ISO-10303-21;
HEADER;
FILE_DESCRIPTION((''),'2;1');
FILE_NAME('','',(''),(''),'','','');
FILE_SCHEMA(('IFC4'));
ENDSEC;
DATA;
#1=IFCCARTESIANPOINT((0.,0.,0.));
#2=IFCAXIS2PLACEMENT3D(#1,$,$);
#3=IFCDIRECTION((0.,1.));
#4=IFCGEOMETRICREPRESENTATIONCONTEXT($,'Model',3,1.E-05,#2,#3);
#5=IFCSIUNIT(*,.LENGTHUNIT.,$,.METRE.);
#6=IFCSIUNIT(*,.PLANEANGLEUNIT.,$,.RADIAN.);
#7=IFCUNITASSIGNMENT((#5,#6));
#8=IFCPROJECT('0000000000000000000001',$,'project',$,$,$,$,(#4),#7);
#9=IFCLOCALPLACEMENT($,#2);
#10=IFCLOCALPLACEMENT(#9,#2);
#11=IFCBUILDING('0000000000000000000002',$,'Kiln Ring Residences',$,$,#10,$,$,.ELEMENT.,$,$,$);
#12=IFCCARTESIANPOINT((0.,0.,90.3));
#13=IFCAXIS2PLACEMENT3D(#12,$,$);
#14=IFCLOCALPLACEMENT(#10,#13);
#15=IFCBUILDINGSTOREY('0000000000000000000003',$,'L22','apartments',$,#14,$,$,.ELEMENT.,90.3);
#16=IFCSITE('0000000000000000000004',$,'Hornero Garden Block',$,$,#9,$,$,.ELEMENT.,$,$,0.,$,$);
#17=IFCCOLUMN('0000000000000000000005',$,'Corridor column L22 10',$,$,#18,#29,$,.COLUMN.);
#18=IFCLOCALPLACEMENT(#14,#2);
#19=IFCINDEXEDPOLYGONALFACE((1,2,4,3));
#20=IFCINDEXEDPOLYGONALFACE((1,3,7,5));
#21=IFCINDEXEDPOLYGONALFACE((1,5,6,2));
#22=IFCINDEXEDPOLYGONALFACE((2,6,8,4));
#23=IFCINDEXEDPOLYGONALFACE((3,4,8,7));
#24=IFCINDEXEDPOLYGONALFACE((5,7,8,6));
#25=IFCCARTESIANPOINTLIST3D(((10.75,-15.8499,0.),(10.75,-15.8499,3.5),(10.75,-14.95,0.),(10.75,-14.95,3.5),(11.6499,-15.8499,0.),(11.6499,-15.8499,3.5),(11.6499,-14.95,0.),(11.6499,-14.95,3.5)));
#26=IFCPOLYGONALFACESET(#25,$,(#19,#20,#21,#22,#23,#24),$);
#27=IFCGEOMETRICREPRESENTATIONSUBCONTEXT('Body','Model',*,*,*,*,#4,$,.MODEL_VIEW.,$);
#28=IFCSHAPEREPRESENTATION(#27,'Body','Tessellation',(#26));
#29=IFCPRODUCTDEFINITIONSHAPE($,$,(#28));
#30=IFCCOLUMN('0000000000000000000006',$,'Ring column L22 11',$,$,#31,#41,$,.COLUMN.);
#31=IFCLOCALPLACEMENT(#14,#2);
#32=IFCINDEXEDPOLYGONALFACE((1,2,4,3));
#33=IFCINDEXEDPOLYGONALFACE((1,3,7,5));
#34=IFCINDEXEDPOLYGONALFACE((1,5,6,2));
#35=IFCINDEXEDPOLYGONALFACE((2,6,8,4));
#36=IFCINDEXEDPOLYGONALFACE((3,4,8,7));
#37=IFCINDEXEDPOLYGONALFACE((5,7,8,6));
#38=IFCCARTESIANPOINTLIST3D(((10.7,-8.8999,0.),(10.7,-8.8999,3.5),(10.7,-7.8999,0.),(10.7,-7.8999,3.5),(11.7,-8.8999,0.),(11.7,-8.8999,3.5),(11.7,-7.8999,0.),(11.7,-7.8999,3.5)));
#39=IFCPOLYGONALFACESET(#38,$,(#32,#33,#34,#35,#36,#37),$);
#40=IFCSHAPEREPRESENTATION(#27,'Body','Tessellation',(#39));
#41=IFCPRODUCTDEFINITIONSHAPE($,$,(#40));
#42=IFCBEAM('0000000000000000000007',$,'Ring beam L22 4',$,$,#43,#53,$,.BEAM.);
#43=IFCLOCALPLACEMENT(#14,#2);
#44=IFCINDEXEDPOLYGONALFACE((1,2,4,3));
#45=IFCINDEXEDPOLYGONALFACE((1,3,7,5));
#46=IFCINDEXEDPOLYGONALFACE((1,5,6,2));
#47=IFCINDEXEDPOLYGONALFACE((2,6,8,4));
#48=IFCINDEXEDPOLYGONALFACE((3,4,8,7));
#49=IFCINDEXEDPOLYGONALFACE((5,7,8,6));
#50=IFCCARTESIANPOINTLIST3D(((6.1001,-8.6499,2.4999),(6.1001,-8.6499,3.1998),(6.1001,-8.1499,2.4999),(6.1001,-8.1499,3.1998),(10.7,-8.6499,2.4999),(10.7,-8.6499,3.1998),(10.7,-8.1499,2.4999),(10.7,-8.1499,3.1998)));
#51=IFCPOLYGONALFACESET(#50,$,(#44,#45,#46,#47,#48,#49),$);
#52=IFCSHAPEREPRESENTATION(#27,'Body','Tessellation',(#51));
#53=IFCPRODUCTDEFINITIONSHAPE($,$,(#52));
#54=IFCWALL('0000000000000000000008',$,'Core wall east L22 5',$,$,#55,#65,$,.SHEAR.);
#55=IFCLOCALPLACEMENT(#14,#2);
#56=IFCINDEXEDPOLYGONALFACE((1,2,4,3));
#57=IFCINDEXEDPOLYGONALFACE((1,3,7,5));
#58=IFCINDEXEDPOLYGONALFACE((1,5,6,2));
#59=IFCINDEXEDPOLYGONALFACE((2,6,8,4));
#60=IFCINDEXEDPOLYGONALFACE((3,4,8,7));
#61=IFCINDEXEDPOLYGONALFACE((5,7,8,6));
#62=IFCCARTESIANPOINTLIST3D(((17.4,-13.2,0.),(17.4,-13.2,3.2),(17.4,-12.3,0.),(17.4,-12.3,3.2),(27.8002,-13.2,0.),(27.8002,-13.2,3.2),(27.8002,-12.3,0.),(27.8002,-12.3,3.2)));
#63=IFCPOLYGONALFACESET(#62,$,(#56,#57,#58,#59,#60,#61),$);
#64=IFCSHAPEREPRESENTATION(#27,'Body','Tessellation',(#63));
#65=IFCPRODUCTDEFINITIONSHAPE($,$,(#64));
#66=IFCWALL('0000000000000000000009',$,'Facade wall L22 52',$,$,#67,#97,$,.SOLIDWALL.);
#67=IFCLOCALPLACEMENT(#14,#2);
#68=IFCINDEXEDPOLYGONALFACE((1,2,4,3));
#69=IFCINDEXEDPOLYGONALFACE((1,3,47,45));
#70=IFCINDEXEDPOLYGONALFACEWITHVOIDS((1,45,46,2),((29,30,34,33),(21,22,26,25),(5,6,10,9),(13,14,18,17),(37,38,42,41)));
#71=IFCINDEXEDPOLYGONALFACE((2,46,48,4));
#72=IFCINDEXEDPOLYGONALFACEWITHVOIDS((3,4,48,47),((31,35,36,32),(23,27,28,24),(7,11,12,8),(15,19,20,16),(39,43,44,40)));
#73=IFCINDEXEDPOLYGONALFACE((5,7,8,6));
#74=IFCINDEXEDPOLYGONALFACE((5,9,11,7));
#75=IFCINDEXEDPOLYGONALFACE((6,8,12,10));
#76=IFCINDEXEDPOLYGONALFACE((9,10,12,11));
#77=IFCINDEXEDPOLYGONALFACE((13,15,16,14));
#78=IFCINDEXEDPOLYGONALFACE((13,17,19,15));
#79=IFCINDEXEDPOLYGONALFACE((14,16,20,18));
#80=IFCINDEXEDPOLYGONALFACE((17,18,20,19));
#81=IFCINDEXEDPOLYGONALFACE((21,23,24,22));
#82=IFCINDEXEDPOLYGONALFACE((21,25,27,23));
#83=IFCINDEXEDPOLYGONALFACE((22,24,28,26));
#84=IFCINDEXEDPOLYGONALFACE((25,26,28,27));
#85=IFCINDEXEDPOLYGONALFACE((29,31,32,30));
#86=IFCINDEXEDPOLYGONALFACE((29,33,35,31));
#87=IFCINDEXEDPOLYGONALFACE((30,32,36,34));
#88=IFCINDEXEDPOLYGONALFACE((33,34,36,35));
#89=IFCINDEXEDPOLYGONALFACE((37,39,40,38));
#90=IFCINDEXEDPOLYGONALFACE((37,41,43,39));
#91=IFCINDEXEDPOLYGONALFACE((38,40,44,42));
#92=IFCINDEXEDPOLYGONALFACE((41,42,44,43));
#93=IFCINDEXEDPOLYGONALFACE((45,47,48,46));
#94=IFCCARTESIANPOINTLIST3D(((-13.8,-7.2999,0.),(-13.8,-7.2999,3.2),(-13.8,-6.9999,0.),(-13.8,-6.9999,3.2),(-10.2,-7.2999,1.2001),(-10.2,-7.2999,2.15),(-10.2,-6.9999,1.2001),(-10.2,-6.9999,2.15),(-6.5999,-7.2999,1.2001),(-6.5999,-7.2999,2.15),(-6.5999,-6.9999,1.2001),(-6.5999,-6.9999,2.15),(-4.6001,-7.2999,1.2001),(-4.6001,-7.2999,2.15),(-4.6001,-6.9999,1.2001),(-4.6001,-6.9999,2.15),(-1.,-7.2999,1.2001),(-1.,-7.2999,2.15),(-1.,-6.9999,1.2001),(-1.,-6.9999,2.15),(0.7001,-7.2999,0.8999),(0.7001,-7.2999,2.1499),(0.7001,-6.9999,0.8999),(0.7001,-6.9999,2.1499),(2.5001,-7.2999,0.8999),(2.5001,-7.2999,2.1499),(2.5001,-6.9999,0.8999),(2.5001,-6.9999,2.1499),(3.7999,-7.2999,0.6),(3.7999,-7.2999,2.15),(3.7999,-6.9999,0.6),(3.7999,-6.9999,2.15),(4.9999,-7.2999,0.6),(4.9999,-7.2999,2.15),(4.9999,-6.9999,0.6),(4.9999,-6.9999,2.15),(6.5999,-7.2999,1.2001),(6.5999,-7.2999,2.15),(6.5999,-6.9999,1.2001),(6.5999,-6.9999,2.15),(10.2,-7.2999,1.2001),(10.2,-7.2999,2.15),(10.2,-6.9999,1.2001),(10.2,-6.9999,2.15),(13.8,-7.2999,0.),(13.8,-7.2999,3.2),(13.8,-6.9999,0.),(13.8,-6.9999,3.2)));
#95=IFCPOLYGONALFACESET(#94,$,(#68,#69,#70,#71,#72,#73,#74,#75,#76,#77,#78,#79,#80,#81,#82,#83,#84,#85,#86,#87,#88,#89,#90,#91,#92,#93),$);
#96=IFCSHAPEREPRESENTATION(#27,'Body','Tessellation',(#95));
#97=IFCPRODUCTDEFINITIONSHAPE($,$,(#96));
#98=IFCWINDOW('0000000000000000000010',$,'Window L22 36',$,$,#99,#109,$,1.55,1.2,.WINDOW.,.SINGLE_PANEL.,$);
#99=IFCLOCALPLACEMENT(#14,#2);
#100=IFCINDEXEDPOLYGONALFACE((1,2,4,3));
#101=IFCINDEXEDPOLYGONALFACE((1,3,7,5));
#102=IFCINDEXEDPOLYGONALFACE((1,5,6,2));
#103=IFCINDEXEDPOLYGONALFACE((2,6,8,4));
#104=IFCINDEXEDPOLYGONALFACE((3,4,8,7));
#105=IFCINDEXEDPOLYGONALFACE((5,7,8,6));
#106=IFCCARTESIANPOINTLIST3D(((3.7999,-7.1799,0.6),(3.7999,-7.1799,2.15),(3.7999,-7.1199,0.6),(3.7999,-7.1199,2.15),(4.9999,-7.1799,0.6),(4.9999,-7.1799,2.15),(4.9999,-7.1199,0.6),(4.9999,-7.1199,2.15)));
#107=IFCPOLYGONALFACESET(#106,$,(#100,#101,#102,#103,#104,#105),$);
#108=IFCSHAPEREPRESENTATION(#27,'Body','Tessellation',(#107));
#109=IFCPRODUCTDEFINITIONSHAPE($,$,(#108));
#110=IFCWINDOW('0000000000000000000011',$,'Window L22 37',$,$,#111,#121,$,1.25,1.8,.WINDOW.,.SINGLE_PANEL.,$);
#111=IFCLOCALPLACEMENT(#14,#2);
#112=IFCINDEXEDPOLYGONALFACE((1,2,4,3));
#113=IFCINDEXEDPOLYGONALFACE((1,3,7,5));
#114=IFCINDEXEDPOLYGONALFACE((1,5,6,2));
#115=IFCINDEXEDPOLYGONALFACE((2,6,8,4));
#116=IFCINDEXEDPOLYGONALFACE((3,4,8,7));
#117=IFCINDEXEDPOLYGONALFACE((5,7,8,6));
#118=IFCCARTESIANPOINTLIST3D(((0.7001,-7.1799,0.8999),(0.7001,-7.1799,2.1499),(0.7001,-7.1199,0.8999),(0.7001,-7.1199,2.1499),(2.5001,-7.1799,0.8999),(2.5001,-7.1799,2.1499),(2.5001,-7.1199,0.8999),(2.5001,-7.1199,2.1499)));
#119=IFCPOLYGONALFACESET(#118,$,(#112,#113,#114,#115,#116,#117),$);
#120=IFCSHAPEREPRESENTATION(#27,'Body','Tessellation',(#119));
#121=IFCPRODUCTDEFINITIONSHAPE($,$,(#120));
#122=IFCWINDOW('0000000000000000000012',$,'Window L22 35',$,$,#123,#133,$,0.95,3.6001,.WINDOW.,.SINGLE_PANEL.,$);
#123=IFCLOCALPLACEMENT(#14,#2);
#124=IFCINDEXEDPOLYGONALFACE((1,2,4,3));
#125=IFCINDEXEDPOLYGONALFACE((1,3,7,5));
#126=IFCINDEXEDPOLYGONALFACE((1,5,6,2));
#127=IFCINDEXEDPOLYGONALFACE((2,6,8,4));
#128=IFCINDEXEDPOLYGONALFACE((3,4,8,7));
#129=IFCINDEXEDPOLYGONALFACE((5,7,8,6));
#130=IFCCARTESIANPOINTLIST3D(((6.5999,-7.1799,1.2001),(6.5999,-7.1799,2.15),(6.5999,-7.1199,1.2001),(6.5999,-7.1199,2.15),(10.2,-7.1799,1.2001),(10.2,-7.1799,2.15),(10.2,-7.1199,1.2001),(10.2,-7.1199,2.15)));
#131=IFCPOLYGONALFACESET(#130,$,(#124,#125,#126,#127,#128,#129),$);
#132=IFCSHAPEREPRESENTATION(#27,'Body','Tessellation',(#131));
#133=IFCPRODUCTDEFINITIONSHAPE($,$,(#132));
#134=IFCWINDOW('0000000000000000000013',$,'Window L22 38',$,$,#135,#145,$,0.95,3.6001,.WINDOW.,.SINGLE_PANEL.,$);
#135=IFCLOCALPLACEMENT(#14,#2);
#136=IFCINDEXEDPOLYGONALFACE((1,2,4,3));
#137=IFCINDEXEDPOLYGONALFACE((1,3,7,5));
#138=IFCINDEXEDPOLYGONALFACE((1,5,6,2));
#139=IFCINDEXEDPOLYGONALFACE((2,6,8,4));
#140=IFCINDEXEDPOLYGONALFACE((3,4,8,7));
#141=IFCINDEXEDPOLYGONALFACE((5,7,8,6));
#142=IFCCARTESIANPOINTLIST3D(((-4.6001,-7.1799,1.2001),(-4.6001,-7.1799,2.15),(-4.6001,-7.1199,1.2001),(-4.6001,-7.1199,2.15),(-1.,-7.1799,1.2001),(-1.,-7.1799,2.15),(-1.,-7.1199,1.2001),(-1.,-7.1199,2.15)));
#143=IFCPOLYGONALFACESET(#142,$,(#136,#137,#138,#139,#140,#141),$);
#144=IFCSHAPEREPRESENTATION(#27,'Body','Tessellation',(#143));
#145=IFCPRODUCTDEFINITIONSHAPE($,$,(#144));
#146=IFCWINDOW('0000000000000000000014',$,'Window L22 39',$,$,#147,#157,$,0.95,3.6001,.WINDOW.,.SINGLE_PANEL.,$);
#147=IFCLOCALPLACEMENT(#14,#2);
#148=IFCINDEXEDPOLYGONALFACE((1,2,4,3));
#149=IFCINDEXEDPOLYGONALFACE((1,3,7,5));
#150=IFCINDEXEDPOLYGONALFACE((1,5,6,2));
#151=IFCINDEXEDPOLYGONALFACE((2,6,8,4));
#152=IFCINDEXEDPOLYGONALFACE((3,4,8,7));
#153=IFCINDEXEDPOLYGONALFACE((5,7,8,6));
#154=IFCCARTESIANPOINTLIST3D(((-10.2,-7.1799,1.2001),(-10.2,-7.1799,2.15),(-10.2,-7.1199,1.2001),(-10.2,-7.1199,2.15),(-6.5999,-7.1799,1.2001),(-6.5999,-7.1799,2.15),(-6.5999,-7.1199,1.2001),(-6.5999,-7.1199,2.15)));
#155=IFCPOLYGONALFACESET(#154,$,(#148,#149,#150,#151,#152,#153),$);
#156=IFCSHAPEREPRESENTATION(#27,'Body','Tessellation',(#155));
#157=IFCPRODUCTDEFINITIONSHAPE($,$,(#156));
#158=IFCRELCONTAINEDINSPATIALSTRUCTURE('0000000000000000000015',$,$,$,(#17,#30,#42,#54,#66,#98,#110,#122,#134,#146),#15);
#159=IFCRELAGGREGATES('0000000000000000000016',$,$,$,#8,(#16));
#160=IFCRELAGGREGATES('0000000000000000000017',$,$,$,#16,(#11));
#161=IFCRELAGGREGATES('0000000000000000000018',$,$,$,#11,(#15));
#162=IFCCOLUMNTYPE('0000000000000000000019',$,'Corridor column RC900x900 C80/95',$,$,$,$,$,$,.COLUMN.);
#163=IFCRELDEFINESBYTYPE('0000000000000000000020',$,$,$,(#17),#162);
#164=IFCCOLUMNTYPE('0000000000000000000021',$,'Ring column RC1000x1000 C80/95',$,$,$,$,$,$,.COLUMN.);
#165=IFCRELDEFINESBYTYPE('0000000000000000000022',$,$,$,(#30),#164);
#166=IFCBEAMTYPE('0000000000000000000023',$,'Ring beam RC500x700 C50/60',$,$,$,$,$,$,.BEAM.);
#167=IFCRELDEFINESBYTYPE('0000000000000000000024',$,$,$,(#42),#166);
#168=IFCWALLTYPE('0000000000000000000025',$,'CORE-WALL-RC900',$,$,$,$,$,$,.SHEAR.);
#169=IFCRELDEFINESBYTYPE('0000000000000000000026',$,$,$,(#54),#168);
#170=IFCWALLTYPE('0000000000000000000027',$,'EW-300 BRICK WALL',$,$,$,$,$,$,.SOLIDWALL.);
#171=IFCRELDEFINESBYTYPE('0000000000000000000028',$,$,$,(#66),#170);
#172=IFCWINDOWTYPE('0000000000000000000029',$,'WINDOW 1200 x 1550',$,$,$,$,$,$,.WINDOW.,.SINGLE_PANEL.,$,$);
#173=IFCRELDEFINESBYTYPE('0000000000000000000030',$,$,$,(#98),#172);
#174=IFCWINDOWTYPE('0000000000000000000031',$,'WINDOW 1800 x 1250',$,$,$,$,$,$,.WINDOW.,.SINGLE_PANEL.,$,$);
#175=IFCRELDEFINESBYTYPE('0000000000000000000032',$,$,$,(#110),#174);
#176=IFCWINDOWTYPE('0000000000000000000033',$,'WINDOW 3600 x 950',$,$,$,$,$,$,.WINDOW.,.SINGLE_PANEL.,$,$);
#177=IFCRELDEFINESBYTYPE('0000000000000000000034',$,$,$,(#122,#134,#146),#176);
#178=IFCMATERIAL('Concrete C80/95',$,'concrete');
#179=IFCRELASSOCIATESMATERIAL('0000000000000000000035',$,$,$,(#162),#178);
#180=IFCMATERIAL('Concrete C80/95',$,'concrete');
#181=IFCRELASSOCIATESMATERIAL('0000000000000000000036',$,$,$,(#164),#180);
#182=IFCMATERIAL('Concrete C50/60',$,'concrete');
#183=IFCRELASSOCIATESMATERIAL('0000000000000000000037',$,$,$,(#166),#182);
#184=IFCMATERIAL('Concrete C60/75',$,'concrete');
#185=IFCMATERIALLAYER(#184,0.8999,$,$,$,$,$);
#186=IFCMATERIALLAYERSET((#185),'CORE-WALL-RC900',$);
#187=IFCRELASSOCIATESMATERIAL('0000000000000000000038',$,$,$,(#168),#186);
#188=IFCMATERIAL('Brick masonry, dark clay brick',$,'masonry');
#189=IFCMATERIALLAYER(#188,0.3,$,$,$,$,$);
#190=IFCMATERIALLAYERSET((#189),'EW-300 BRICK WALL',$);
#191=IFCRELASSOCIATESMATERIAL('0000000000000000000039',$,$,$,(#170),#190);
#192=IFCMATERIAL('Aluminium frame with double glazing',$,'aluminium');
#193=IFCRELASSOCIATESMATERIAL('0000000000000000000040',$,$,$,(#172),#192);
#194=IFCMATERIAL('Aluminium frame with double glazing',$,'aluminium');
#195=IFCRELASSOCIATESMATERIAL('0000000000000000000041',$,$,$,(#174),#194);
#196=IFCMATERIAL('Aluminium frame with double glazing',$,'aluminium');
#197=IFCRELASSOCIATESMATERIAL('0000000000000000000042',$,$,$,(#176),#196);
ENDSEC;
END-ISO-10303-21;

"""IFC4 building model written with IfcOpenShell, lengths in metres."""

from ifc_helpers import new_model, si_unit, direction, frame, frame_2d, origin, origin_2d, place, context, subcontext, project, spatial, rectangle, extrude, material, layer, layer_set, material_profile, profile_set, type_object, element, fill, save


model = new_model("IFC4")

# Units and contexts
model_context = context("Model", 3, precision=1e-05, world=origin(), true_north=direction((0.0, 1.0)))
body_context = subcontext(model_context, "Body", "Model", "MODEL_VIEW")
ifc_project = project(units=[si_unit("LENGTHUNIT", "METRE"), si_unit("PLANEANGLEUNIT", "RADIAN")], contexts=[model_context])

# Site, building, storey
site_placement = place(None, origin())
site = spatial("IfcSite", under=ifc_project, at=site_placement, Name="Hornero Garden Block", CompositionType="ELEMENT", RefElevation=0.0)
building_placement = place(site_placement, origin())
building = spatial("IfcBuilding", under=site, at=building_placement, Name="Kiln Ring Residences", CompositionType="ELEMENT")
storey_placement = place(building_placement, frame((0.0, 0.0, 90.3)))
storey = spatial("IfcBuildingStorey", under=building, at=storey_placement, Name="L22", Description="apartments", CompositionType="ELEMENT", Elevation=90.3)

# Columns
ifc_material_1 = material(Name="Concrete C80/95", Category="concrete")
ifc_material_profile_1 = material_profile(ifc_material_1, rectangle(XDim=0.8999, YDim=0.8999, at=origin_2d()), Name="RC900x900")
ifc_profile_set_1 = profile_set([ifc_material_profile_1], Name="Concrete C80/95")
column_type_1 = type_object("IfcColumnType", Name="Corridor column RC900x900 C80/95", PredefinedType="COLUMN", material=ifc_profile_set_1)
column_1_placement = place(storey_placement, frame((11.2, -15.3999, 0.0), z_axis=(0.0, 0.0, 1.0), x_axis=(1.0, 0.0, 0.0)))
element("IfcColumn", 1, at=column_1_placement, inside=storey, type_object=column_type_1, Name="Corridor column L22 10", PredefinedType="COLUMN", context=body_context, shape_type="SweptSolid", body=[
    extrude(rectangle(XDim=0.8999, YDim=0.8999, at=origin_2d()), origin(), (0.0, 0.0, 1.0), 3.5),
])
ifc_material_2 = material(Name="Concrete C80/95", Category="concrete")
ifc_material_profile_2 = material_profile(ifc_material_2, rectangle(XDim=1.0, YDim=1.0, at=origin_2d()), Name="RC1000x1000")
ifc_profile_set_2 = profile_set([ifc_material_profile_2], Name="Concrete C80/95")
column_type_2 = type_object("IfcColumnType", Name="Ring column RC1000x1000 C80/95", PredefinedType="COLUMN", material=ifc_profile_set_2)
column_2_placement = place(storey_placement, frame((11.2, -8.3999, 0.0), z_axis=(0.0, 0.0, 1.0), x_axis=(1.0, 0.0, 0.0)))
element("IfcColumn", 2, at=column_2_placement, inside=storey, type_object=column_type_2, Name="Ring column L22 11", PredefinedType="COLUMN", context=body_context, shape_type="SweptSolid", body=[
    extrude(rectangle(XDim=1.0, YDim=1.0, at=origin_2d()), origin(), (0.0, 0.0, 1.0), 3.5),
])

# Beam
ifc_material_3 = material(Name="Concrete C50/60", Category="concrete")
ifc_material_profile_3 = material_profile(ifc_material_3, rectangle(XDim=0.5, YDim=0.7, at=origin_2d()), Name="RC500x700")
ifc_profile_set_3 = profile_set([ifc_material_profile_3], Name="Concrete C50/60")
beam_type = type_object("IfcBeamType", Name="Ring beam RC500x700 C50/60", PredefinedType="BEAM", material=ifc_profile_set_3)
beam_placement = place(storey_placement, frame((6.1001, -8.3999, 2.8499), z_axis=(1.0, 0.0, 0.0), x_axis=(0.0, 1.0, 0.0)))
element("IfcBeam", 3, at=beam_placement, inside=storey, type_object=beam_type, Name="Ring beam L22 4", PredefinedType="BEAM", context=body_context, shape_type="SweptSolid", body=[
    extrude(rectangle(XDim=0.5, YDim=0.7, at=origin_2d()), origin(), (0.0, 0.0, 1.0), 4.5999),
])

# Wall
ifc_material_4 = material(Name="Concrete C60/75", Category="concrete")
ifc_layer_1 = layer(ifc_material_4, 0.8999)
ifc_layer_set_1 = layer_set([ifc_layer_1], Name="CORE-WALL-RC900")
wall_type_1 = type_object("IfcWallType", Name="CORE-WALL-RC900", PredefinedType="SHEAR", material=ifc_layer_set_1)
wall_1_placement = place(storey_placement, frame((17.3999, -12.75, 0.0), z_axis=(0.0, 0.0, 1.0), x_axis=(1.0, 0.0, 0.0)))
element("IfcWall", 4, at=wall_1_placement, inside=storey, type_object=wall_type_1, Name="Core wall east L22 5", PredefinedType="SHEAR", context=body_context, shape_type="SweptSolid", body=[
    extrude(rectangle(XDim=10.4001, YDim=0.8999, at=frame_2d((5.2002, 0.0))), origin(), (0.0, 0.0, 1.0), 3.2),
])

# Wall, openings, windows
ifc_material_5 = material(Name="Brick masonry, dark clay brick", Category="masonry")
ifc_layer_2 = layer(ifc_material_5, 0.3)
ifc_layer_set_2 = layer_set([ifc_layer_2], Name="EW-300 BRICK WALL")
wall_type_2 = type_object("IfcWallType", Name="EW-300 BRICK WALL", PredefinedType="SOLIDWALL", material=ifc_layer_set_2)
wall_2_placement = place(storey_placement, frame((13.8, -7.1499, 0.0), z_axis=(0.0, 0.0, 1.0), x_axis=(-1.0, 0.0, 0.0)))
wall_2 = element("IfcWall", 5, at=wall_2_placement, inside=storey, type_object=wall_type_2, Name="Facade wall L22 52", PredefinedType="SOLIDWALL", context=body_context, shape_type="SweptSolid", body=[
    extrude(rectangle(XDim=27.6001, YDim=0.3, at=frame_2d((13.8, 0.0))), origin(), (0.0, 0.0, 1.0), 3.2),
])
opening_1_placement = place(wall_2_placement, frame((3.6001, 0.0, 1.2)))
opening_1 = element("IfcOpeningElement", 6, at=opening_1_placement, cuts=wall_2, PredefinedType="OPENING", context=body_context, shape_type="SweptSolid", body=[
    extrude(rectangle(XDim=3.6001, YDim=0.95, at=frame_2d((1.8, 0.4751))), frame((0.0, 0.1599, 0.0), z_axis=(0.0, -1.0, 0.0), x_axis=(1.0, 0.0, 0.0)), (0.0, 0.0, 1.0), 0.3201),
])
opening_2_placement = place(wall_2_placement, frame((8.8, 0.0, 0.6001)))
opening_2 = element("IfcOpeningElement", 7, at=opening_2_placement, cuts=wall_2, PredefinedType="OPENING", context=body_context, shape_type="SweptSolid", body=[
    extrude(rectangle(XDim=1.2, YDim=1.55, at=frame_2d((0.6001, 0.7749))), frame((0.0, 0.1599, 0.0), z_axis=(0.0, -1.0, 0.0), x_axis=(1.0, 0.0, 0.0)), (0.0, 0.0, 1.0), 0.3201),
])
opening_3_placement = place(wall_2_placement, frame((11.3, 0.0, 0.8999)))
opening_3 = element("IfcOpeningElement", 8, at=opening_3_placement, cuts=wall_2, PredefinedType="OPENING", context=body_context, shape_type="SweptSolid", body=[
    extrude(rectangle(XDim=1.8, YDim=1.25, at=frame_2d((0.8999, 0.625))), frame((0.0, 0.1599, 0.0), z_axis=(0.0, -1.0, 0.0), x_axis=(1.0, 0.0, 0.0)), (0.0, 0.0, 1.0), 0.3201),
])
opening_4_placement = place(wall_2_placement, frame((14.8, 0.0, 1.2)))
opening_4 = element("IfcOpeningElement", 9, at=opening_4_placement, cuts=wall_2, PredefinedType="OPENING", context=body_context, shape_type="SweptSolid", body=[
    extrude(rectangle(XDim=3.6001, YDim=0.95, at=frame_2d((1.8, 0.4751))), frame((0.0, 0.1599, 0.0), z_axis=(0.0, -1.0, 0.0), x_axis=(1.0, 0.0, 0.0)), (0.0, 0.0, 1.0), 0.3201),
])
opening_5_placement = place(wall_2_placement, frame((20.3999, 0.0, 1.2)))
opening_5 = element("IfcOpeningElement", 10, at=opening_5_placement, cuts=wall_2, PredefinedType="OPENING", context=body_context, shape_type="SweptSolid", body=[
    extrude(rectangle(XDim=3.6001, YDim=0.95, at=frame_2d((1.8, 0.4751))), frame((0.0, 0.1599, 0.0), z_axis=(0.0, -1.0, 0.0), x_axis=(1.0, 0.0, 0.0)), (0.0, 0.0, 1.0), 0.3201),
])
ifc_material_6 = material(Name="Aluminium frame with double glazing", Category="aluminium")
window_type_1 = type_object("IfcWindowType", Name="WINDOW 1200 x 1550", PartitioningType="SINGLE_PANEL", PredefinedType="WINDOW", material=ifc_material_6)
window_1_placement = place(opening_2_placement, origin())
window_1 = element("IfcWindow", 11, at=window_1_placement, inside=storey, type_object=window_type_1, Name="Window L22 36", OverallHeight=1.55, OverallWidth=1.2, PartitioningType="SINGLE_PANEL", PredefinedType="WINDOW", context=body_context, shape_type="SweptSolid", body=[
    extrude(rectangle(XDim=1.2, YDim=1.55, at=frame_2d((0.6001, 0.7749))), frame((0.0, 0.03, 0.0), z_axis=(0.0, -1.0, 0.0), x_axis=(1.0, 0.0, 0.0)), (0.0, 0.0, 1.0), 0.0601),
])
fill(opening_2, window_1)
ifc_material_7 = material(Name="Aluminium frame with double glazing", Category="aluminium")
window_type_2 = type_object("IfcWindowType", Name="WINDOW 1800 x 1250", PartitioningType="SINGLE_PANEL", PredefinedType="WINDOW", material=ifc_material_7)
window_2_placement = place(opening_3_placement, origin())
window_2 = element("IfcWindow", 12, at=window_2_placement, inside=storey, type_object=window_type_2, Name="Window L22 37", OverallHeight=1.25, OverallWidth=1.8, PartitioningType="SINGLE_PANEL", PredefinedType="WINDOW", context=body_context, shape_type="SweptSolid", body=[
    extrude(rectangle(XDim=1.8, YDim=1.25, at=frame_2d((0.8999, 0.625))), frame((0.0, 0.03, 0.0), z_axis=(0.0, -1.0, 0.0), x_axis=(1.0, 0.0, 0.0)), (0.0, 0.0, 1.0), 0.0601),
])
fill(opening_3, window_2)
ifc_material_8 = material(Name="Aluminium frame with double glazing", Category="aluminium")
window_type_3 = type_object("IfcWindowType", Name="WINDOW 3600 x 950", PartitioningType="SINGLE_PANEL", PredefinedType="WINDOW", material=ifc_material_8)
window_3_placement = place(opening_1_placement, origin())
window_3 = element("IfcWindow", 13, at=window_3_placement, inside=storey, type_object=window_type_3, Name="Window L22 35", OverallHeight=0.95, OverallWidth=3.6001, PartitioningType="SINGLE_PANEL", PredefinedType="WINDOW", context=body_context, shape_type="SweptSolid", body=[
    extrude(rectangle(XDim=3.6001, YDim=0.95, at=frame_2d((1.8, 0.4751))), frame((0.0, 0.03, 0.0), z_axis=(0.0, -1.0, 0.0), x_axis=(1.0, 0.0, 0.0)), (0.0, 0.0, 1.0), 0.0601),
])
fill(opening_1, window_3)
window_4_placement = place(opening_4_placement, origin())
window_4 = element("IfcWindow", 14, at=window_4_placement, inside=storey, type_object=window_type_3, Name="Window L22 38", OverallHeight=0.95, OverallWidth=3.6001, PartitioningType="SINGLE_PANEL", PredefinedType="WINDOW", context=body_context, shape_type="SweptSolid", body=[
    extrude(rectangle(XDim=3.6001, YDim=0.95, at=frame_2d((1.8, 0.4751))), frame((0.0, 0.03, 0.0), z_axis=(0.0, -1.0, 0.0), x_axis=(1.0, 0.0, 0.0)), (0.0, 0.0, 1.0), 0.0601),
])
fill(opening_4, window_4)
window_5_placement = place(opening_5_placement, origin())
window_5 = element("IfcWindow", 15, at=window_5_placement, inside=storey, type_object=window_type_3, Name="Window L22 39", OverallHeight=0.95, OverallWidth=3.6001, PartitioningType="SINGLE_PANEL", PredefinedType="WINDOW", context=body_context, shape_type="SweptSolid", body=[
    extrude(rectangle(XDim=3.6001, YDim=0.95, at=frame_2d((1.8, 0.4751))), frame((0.0, 0.03, 0.0), z_axis=(0.0, -1.0, 0.0), x_axis=(1.0, 0.0, 0.0)), (0.0, 0.0, 1.0), 0.0601),
])
fill(opening_5, window_5)

save(model, "model.ifc")
